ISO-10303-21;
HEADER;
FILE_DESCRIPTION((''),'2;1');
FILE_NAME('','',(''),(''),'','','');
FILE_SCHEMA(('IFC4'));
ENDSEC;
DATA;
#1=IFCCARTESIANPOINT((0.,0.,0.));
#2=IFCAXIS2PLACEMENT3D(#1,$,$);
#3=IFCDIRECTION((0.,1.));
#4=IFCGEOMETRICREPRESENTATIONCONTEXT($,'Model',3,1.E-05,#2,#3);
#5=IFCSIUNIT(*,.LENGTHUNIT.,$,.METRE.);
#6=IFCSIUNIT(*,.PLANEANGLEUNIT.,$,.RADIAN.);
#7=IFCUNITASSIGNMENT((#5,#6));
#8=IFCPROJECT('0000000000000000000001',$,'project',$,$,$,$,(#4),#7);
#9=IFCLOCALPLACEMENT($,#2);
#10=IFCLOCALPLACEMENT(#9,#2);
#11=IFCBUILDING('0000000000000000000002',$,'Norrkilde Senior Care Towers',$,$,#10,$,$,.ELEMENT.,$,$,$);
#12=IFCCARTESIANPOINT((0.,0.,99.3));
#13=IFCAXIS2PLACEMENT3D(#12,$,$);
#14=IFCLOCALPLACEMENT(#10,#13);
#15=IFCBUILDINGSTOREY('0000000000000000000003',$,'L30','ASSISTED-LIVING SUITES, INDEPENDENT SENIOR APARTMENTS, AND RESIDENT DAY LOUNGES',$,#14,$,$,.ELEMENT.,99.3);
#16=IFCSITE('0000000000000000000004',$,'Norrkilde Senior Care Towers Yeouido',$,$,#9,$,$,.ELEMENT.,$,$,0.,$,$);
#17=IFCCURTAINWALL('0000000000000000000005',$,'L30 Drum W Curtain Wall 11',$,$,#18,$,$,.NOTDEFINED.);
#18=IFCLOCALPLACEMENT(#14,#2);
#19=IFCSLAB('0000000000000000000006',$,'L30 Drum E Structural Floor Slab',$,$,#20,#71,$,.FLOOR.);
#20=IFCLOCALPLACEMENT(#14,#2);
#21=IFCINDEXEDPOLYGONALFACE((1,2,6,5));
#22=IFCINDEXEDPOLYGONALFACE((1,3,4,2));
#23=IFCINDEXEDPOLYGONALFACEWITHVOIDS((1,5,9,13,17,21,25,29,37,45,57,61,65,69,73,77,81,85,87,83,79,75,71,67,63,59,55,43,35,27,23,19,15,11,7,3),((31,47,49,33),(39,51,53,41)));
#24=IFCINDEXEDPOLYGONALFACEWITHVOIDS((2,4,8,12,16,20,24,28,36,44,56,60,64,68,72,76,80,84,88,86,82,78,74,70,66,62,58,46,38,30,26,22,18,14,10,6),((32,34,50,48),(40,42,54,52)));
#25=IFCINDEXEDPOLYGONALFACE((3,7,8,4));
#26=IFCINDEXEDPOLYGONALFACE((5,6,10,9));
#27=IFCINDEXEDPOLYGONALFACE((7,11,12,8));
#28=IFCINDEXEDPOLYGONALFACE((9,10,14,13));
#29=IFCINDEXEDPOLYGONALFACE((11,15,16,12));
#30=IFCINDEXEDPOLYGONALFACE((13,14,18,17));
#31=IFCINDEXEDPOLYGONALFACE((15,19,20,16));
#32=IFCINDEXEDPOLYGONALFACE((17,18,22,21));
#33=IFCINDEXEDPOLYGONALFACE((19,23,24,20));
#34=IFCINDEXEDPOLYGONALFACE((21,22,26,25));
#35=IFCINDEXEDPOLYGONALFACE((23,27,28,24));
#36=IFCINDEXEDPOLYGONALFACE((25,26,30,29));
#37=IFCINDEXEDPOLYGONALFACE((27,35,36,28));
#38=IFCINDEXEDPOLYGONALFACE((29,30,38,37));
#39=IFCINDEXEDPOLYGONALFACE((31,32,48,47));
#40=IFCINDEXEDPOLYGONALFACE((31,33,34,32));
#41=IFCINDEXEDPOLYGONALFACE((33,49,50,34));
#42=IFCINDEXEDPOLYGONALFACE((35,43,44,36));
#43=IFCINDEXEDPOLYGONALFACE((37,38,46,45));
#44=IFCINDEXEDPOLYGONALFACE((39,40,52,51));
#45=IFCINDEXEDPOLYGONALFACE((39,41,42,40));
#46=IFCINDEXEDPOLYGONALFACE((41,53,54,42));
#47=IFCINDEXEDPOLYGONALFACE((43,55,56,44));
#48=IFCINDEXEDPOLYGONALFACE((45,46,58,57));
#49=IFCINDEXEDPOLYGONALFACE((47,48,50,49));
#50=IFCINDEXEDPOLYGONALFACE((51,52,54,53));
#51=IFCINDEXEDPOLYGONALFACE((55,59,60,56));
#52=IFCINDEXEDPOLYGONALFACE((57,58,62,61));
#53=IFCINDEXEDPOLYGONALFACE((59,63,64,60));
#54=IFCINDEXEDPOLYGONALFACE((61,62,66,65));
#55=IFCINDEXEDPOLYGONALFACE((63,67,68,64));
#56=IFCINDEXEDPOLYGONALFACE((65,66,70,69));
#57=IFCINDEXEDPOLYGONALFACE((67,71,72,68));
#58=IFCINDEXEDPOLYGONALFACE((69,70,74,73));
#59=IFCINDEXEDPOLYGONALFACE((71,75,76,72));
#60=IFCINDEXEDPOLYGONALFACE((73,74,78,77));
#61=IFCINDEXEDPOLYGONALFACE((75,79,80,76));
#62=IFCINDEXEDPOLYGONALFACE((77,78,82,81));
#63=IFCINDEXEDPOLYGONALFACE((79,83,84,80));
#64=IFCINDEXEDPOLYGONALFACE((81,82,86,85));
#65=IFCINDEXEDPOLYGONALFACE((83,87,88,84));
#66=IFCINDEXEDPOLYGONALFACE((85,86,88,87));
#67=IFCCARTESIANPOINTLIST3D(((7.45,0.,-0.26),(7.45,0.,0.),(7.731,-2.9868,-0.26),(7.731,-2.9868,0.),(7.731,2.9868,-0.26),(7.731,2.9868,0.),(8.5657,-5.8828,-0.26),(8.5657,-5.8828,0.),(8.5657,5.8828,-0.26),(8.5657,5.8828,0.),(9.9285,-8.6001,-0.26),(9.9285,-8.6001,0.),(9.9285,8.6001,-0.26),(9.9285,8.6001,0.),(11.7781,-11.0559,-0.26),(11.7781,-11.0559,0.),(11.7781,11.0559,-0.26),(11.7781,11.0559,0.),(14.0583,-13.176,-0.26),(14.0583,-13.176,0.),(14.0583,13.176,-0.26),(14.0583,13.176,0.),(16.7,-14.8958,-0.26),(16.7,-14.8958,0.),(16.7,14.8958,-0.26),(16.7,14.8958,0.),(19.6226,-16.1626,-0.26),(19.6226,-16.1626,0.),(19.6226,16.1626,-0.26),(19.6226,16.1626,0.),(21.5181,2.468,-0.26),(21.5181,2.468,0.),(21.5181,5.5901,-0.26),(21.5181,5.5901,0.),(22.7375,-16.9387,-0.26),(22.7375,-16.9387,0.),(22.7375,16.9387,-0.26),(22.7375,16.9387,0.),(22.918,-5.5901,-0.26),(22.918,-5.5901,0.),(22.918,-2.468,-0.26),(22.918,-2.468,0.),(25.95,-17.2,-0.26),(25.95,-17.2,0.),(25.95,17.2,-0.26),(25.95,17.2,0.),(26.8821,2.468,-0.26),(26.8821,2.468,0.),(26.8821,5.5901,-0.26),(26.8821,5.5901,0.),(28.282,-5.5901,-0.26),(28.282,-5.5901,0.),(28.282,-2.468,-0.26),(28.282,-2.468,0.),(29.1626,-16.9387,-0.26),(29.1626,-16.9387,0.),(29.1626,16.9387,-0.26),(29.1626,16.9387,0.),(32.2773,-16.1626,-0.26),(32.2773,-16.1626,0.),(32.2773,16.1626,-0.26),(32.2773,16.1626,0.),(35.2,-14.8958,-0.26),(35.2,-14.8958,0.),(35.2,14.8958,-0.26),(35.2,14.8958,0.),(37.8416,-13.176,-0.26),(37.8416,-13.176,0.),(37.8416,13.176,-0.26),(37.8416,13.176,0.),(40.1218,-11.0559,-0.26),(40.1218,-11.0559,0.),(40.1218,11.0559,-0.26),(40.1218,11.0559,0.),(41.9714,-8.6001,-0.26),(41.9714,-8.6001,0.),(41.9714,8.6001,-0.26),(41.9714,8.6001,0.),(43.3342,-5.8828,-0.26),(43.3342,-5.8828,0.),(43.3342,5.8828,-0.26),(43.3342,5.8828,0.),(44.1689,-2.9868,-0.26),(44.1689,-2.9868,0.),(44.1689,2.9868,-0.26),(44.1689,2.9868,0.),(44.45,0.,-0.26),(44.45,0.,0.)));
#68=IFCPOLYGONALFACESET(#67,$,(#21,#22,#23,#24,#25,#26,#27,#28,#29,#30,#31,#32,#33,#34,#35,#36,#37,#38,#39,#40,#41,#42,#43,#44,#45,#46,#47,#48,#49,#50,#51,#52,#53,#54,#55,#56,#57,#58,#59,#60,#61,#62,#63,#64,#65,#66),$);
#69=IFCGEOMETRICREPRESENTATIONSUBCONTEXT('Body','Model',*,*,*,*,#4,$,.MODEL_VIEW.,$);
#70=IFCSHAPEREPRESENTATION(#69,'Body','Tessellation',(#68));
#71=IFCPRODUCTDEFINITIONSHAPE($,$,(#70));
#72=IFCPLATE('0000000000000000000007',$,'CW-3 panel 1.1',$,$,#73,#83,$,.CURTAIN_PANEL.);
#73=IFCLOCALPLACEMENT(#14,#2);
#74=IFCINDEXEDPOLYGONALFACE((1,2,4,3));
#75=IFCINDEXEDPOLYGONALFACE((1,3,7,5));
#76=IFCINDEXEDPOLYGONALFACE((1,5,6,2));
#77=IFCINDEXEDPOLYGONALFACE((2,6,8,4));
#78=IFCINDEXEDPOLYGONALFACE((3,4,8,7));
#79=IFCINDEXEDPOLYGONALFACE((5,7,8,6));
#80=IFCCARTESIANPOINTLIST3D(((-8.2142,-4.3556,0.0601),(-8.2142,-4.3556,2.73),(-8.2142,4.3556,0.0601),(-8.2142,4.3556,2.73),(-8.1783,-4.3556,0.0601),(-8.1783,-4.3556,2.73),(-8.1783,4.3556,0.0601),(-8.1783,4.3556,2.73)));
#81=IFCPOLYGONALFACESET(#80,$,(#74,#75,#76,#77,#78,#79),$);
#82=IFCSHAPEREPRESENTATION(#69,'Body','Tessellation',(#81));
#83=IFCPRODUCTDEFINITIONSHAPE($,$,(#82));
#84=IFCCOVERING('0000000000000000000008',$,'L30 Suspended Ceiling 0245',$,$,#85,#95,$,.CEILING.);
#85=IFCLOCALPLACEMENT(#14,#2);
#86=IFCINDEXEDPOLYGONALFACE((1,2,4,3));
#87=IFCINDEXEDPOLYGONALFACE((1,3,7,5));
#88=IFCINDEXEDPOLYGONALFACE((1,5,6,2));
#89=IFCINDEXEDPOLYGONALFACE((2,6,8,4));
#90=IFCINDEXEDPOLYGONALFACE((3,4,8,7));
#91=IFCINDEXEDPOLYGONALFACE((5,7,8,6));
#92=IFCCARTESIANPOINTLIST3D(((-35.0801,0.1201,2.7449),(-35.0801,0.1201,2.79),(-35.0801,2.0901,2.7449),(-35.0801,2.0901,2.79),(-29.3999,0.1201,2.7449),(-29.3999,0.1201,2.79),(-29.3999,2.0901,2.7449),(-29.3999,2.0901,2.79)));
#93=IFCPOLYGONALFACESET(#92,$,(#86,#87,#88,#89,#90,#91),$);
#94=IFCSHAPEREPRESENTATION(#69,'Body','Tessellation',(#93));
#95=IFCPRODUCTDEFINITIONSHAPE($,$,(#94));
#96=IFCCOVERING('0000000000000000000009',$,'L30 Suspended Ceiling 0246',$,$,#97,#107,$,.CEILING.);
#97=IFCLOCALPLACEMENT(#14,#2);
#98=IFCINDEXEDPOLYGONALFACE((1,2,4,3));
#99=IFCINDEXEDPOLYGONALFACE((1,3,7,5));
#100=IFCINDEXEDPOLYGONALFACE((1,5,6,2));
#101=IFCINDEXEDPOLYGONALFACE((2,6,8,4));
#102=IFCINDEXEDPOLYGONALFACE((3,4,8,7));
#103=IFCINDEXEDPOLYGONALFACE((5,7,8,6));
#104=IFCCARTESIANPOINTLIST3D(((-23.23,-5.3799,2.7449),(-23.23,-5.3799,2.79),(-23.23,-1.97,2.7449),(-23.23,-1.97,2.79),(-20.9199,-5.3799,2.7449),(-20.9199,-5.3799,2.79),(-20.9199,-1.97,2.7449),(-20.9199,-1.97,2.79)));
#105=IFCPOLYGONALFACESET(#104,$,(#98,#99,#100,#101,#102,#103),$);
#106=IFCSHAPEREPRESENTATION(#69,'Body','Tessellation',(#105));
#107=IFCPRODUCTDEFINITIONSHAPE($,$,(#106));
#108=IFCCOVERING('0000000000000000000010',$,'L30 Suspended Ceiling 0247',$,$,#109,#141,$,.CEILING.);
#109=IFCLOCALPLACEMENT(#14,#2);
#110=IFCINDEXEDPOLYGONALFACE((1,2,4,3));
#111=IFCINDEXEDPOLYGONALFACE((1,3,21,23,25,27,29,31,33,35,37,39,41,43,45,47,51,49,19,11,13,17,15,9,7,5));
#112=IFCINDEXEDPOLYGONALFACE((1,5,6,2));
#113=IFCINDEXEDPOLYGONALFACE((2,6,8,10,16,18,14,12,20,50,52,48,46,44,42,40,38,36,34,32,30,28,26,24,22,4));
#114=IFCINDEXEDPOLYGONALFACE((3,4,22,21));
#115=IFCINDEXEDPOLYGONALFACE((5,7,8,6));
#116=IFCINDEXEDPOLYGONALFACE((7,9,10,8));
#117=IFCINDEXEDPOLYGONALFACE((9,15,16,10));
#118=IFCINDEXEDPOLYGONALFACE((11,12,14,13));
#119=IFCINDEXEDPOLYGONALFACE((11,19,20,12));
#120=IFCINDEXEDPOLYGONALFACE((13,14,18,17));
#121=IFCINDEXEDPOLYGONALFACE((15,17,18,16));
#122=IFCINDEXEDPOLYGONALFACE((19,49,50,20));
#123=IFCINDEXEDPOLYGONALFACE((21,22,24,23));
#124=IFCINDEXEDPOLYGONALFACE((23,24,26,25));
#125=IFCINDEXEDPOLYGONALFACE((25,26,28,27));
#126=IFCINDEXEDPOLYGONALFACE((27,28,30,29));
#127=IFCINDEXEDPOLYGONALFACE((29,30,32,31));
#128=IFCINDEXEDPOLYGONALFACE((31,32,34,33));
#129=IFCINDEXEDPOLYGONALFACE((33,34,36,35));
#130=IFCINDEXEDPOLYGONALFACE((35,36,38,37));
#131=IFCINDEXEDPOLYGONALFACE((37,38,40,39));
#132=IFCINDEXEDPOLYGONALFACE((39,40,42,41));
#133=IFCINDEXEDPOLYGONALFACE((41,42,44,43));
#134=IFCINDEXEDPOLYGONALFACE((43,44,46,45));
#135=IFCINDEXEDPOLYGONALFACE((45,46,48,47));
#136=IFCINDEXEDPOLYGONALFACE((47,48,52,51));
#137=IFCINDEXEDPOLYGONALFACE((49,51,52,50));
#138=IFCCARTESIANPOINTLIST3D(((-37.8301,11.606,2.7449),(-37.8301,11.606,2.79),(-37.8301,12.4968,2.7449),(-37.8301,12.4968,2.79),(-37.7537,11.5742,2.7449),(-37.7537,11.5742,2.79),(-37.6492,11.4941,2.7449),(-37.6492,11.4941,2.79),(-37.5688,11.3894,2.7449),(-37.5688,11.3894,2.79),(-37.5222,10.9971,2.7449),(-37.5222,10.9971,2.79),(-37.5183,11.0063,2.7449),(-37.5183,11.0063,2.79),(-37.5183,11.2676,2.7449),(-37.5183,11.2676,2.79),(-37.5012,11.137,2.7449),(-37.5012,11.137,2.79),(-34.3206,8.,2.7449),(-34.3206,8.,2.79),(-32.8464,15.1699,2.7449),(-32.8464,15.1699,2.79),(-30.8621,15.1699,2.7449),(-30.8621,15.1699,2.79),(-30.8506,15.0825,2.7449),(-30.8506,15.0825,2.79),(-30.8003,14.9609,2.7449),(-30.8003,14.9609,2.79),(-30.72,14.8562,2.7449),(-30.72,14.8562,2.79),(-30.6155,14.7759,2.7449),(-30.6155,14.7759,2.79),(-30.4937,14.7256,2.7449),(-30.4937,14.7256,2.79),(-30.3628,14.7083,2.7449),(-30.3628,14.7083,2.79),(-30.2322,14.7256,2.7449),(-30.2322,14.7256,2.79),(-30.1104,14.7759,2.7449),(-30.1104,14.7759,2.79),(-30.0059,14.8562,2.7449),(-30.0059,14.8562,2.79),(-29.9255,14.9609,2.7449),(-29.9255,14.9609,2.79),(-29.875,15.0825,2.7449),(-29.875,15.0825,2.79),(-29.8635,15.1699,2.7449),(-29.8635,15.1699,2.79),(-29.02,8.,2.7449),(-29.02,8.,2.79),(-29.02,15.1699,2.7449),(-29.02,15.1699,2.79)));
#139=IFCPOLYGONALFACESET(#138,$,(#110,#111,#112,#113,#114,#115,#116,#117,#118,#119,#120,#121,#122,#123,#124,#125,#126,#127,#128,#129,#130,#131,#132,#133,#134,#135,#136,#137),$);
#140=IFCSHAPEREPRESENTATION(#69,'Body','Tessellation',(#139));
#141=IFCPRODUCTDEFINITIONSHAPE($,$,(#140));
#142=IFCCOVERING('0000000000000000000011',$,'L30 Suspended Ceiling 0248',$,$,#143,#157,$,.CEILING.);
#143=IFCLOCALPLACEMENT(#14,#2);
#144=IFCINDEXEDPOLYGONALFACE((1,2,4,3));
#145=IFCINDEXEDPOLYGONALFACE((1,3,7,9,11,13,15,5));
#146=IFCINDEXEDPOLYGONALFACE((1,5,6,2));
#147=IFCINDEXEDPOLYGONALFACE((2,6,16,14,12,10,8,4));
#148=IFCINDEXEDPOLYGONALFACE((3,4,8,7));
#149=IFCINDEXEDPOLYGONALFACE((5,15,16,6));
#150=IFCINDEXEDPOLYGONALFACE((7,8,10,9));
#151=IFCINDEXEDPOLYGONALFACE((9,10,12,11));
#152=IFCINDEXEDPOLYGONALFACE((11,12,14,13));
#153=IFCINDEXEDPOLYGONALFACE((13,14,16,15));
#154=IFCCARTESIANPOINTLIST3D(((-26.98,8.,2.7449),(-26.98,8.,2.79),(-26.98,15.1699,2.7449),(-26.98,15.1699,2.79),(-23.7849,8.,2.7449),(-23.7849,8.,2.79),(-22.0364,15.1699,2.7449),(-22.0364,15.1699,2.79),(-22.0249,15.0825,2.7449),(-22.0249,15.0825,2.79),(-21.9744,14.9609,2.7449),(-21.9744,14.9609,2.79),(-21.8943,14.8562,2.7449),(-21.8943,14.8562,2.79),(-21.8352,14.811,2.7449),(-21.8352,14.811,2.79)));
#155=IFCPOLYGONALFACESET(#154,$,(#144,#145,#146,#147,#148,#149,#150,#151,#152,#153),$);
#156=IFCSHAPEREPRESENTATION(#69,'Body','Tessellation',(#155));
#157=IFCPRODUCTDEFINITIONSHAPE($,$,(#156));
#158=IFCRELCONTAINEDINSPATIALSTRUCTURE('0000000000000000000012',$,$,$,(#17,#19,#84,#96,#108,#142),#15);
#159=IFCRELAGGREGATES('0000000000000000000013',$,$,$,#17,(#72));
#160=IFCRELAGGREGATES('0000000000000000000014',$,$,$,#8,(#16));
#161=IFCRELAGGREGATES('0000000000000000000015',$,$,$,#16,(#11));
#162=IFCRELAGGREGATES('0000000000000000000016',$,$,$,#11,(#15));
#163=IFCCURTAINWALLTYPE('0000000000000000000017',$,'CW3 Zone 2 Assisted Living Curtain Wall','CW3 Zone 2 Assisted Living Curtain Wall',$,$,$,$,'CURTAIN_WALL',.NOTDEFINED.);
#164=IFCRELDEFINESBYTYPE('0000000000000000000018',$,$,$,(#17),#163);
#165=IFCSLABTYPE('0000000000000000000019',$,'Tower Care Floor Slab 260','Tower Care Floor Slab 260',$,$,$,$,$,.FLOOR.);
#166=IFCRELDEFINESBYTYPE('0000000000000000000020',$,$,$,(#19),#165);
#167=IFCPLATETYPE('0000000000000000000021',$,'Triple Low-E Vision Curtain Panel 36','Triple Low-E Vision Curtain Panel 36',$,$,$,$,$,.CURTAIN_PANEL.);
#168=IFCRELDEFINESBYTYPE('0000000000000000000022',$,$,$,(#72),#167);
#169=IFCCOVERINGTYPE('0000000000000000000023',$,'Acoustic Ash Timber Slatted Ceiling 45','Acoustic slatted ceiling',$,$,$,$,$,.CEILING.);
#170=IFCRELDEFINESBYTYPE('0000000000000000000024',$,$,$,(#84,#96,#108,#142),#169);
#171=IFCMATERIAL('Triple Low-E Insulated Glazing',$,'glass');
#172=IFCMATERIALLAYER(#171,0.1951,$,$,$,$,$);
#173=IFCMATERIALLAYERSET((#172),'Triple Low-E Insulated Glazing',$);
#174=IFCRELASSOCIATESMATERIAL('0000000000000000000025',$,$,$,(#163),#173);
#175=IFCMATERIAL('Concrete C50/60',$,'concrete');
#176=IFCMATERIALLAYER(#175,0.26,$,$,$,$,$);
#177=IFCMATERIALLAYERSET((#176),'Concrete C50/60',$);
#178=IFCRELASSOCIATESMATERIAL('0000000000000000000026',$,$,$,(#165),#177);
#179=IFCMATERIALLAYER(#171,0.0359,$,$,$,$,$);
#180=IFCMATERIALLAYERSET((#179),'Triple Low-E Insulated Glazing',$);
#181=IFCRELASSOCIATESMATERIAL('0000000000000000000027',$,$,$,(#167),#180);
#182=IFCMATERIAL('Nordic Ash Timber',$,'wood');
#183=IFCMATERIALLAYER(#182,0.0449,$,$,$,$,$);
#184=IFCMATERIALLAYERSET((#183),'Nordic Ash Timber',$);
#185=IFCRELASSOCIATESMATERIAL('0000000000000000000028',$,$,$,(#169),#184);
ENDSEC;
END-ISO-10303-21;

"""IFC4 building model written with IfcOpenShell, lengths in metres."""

from ifc_helpers import new_model, si_unit, direction, frame, origin, origin_2d, place, context, subcontext, project, spatial, polyline, rectangle, outline, extrude, source, transform, mapped, material, layer, layer_set, type_object, type_shapes, element, aggregate, save


model = new_model("IFC4")

# Units and contexts
model_context = context("Model", 3, precision=1e-05, world=origin(), true_north=direction((0.0, 1.0)))
body_context = subcontext(model_context, "Body", "Model", "MODEL_VIEW")
ifc_project = project(units=[si_unit("LENGTHUNIT", "METRE"), si_unit("PLANEANGLEUNIT", "RADIAN")], contexts=[model_context])

# Site, building, storey
site_placement = place(None, origin())
site = spatial("IfcSite", under=ifc_project, at=site_placement, Name="Norrkilde Senior Care Towers Yeouido", CompositionType="ELEMENT", RefElevation=0.0)
building_placement = place(site_placement, origin())
building = spatial("IfcBuilding", under=site, at=building_placement, Name="Norrkilde Senior Care Towers", CompositionType="ELEMENT")
storey_placement = place(building_placement, frame((0.0, 0.0, 99.3)))
storey = spatial("IfcBuildingStorey", under=building, at=storey_placement, Name="L30", Description="ASSISTED-LIVING SUITES, INDEPENDENT SENIOR APARTMENTS, AND RESIDENT DAY LOUNGES", CompositionType="ELEMENT", Elevation=99.3)

# Curtain wall
ifc_material_1 = material(Name="Triple Low-E Insulated Glazing", Category="glass")
ifc_layer_1 = layer(ifc_material_1, 0.1951)
ifc_layer_set_1 = layer_set([ifc_layer_1], Name="Triple Low-E Insulated Glazing")
curtain_wall_type = type_object("IfcCurtainWallType", Name="CW3 Zone 2 Assisted Living Curtain Wall", Description="CW3 Zone 2 Assisted Living Curtain Wall", ElementType="CURTAIN_WALL", PredefinedType="NOTDEFINED", material=ifc_layer_set_1)
curtain_wall_1_placement = place(storey_placement, origin())
curtain_wall_1 = element("IfcCurtainWall", 1, at=curtain_wall_1_placement, inside=storey, type_object=curtain_wall_type, Name="L30 Drum W Curtain Wall 11", PredefinedType="NOTDEFINED")

# Shared definitions
ifc_material_2 = material(Name="Concrete C50/60", Category="concrete")

# Slab
ifc_layer_2 = layer(ifc_material_2, 0.26)
ifc_layer_set_2 = layer_set([ifc_layer_2], Name="Concrete C50/60")
slab_type_1 = type_object("IfcSlabType", Name="Tower Care Floor Slab 260", Description="Tower Care Floor Slab 260", PredefinedType="FLOOR", material=ifc_layer_set_2)
slab_1_placement = place(storey_placement, frame((0.0, 0.0, -0.26)))
element("IfcSlab", 2, at=slab_1_placement, inside=storey, type_object=slab_type_1, Name="L30 Drum E Structural Floor Slab", PredefinedType="FLOOR", context=body_context, shape_type="SweptSolid", body=[
    extrude(outline(polyline([(43.3342, -5.8828), (41.9714, -8.6001), (40.1218, -11.0559), (37.8416, -13.176), (35.2, -14.8958), (32.2773, -16.1626), (29.1626, -16.9387), (25.95, -17.2), (22.7375, -16.9387), (19.6226, -16.1626), (16.7, -14.8958), (14.0583, -13.176), (11.7781, -11.0559), (9.9285, -8.6001), (8.5657, -5.8828), (7.731, -2.9868), (7.45, 0.0), (7.731, 2.9868), (8.5657, 5.8828), (9.9285, 8.6001), (11.7781, 11.0559), (14.0583, 13.176), (16.7, 14.8958), (19.6226, 16.1626), (22.7375, 16.9387), (25.95, 17.2), (29.1626, 16.9387), (32.2773, 16.1626), (35.2, 14.8958), (37.8416, 13.176), (40.1218, 11.0559), (41.9714, 8.6001), (43.3342, 5.8828), (44.1689, 2.9868), (44.45, 0.0), (44.1689, -2.9868), (43.3342, -5.8828)]), holes=[polyline([(21.5181, 2.468), (26.8821, 2.468), (26.8821, 5.5901), (21.5181, 5.5901), (21.5181, 2.468)]), polyline([(28.282, -5.5901), (28.282, -2.468), (22.918, -2.468), (22.918, -5.5901), (28.282, -5.5901)])]), origin(), (0.0, 0.0, 1.0), 0.26),
])

# Plate
ifc_layer_3 = layer(ifc_material_1, 0.0359)
ifc_layer_set_3 = layer_set([ifc_layer_3], Name="Triple Low-E Insulated Glazing")
plate_type = type_object("IfcPlateType", Name="Triple Low-E Vision Curtain Panel 36", Description="Triple Low-E Vision Curtain Panel 36", PredefinedType="CURTAIN_PANEL", material=ifc_layer_set_3)
shared_shape_1 = source(origin(), body_context, "Body", "SweptSolid", [
    extrude(rectangle(XDim=8.7112, YDim=0.0359, at=origin_2d()), origin(), (0.0, 0.0, 1.0), 2.6699),
])
type_shapes(plate_type, [shared_shape_1])
plate_placement = place(storey_placement, frame((-8.1963, 0.0, 0.0601), z_axis=(0.0, 0.0, 1.0), x_axis=(0.0, -1.0, 0.0)))
plate = element("IfcPlate", 3, at=plate_placement, type_object=plate_type, Name="CW-3 panel 1.1", PredefinedType="CURTAIN_PANEL", context=body_context, shape_type="MappedRepresentation", body=[
    mapped(shared_shape_1, transform((0.0, 0.0, 0.0), x_axis=(1.0, 0.0, 0.0), y_axis=(0.0, 1.0, 0.0), z_axis=(0.0, 0.0, 1.0), scale=1.0)),
])
aggregate(curtain_wall_1, [plate])

# Coverings
ifc_material_3 = material(Name="Nordic Ash Timber", Category="wood")
ifc_layer_4 = layer(ifc_material_3, 0.0449)
ifc_layer_set_4 = layer_set([ifc_layer_4], Name="Nordic Ash Timber")
covering_type_1 = type_object("IfcCoveringType", Name="Acoustic Ash Timber Slatted Ceiling 45", Description="Acoustic slatted ceiling", PredefinedType="CEILING", material=ifc_layer_set_4)
covering_1_placement = place(storey_placement, frame((0.0, 0.0, 2.7449)))
element("IfcCovering", 4, at=covering_1_placement, inside=storey, type_object=covering_type_1, Name="L30 Suspended Ceiling 0245", PredefinedType="CEILING", context=body_context, shape_type="SweptSolid", body=[
    extrude(outline(polyline([(-29.3999, 0.1201), (-35.0801, 0.1201), (-35.0801, 2.0901), (-29.3999, 2.0901), (-29.3999, 0.1201)])), origin(), (0.0, 0.0, 1.0), 0.0452),
])
covering_2_placement = place(storey_placement, frame((0.0, 0.0, 2.7449)))
element("IfcCovering", 5, at=covering_2_placement, inside=storey, type_object=covering_type_1, Name="L30 Suspended Ceiling 0246", PredefinedType="CEILING", context=body_context, shape_type="SweptSolid", body=[
    extrude(outline(polyline([(-23.23, -5.3799), (-23.23, -1.97), (-20.9199, -1.97), (-20.9199, -5.3799), (-23.23, -5.3799)])), origin(), (0.0, 0.0, 1.0), 0.0452),
])
covering_3_placement = place(storey_placement, frame((0.0, 0.0, 2.7449)))
element("IfcCovering", 6, at=covering_3_placement, inside=storey, type_object=covering_type_1, Name="L30 Suspended Ceiling 0247", PredefinedType="CEILING", context=body_context, shape_type="SweptSolid", body=[
    extrude(outline(polyline([(-30.8506, 15.0825), (-30.8003, 14.9609), (-30.72, 14.8562), (-30.6155, 14.7759), (-30.4937, 14.7256), (-30.3628, 14.7083), (-30.2322, 14.7256), (-30.1104, 14.7759), (-30.0059, 14.8562), (-29.9255, 14.9609), (-29.875, 15.0825), (-29.8635, 15.1699), (-29.02, 15.1699), (-29.02, 8.0), (-34.3206, 8.0), (-37.5222, 10.9971), (-37.5183, 11.0063), (-37.5012, 11.137), (-37.5183, 11.2676), (-37.5688, 11.3894), (-37.6492, 11.4941), (-37.7537, 11.5742), (-37.8301, 11.606), (-37.8301, 12.4968), (-32.8464, 15.1699), (-30.8621, 15.1699), (-30.8506, 15.0825)])), origin(), (0.0, 0.0, 1.0), 0.0452),
])
covering_4_placement = place(storey_placement, frame((0.0, 0.0, 2.7449)))
element("IfcCovering", 7, at=covering_4_placement, inside=storey, type_object=covering_type_1, Name="L30 Suspended Ceiling 0248", PredefinedType="CEILING", context=body_context, shape_type="SweptSolid", body=[
    extrude(outline(polyline([(-23.7849, 8.0), (-26.98, 8.0), (-26.98, 15.1699), (-22.0364, 15.1699), (-22.0249, 15.0825), (-21.9744, 14.9609), (-21.8943, 14.8562), (-21.8352, 14.811), (-23.7849, 8.0)])), origin(), (0.0, 0.0, 1.0), 0.0452),
])

save(model, "model.ifc")
